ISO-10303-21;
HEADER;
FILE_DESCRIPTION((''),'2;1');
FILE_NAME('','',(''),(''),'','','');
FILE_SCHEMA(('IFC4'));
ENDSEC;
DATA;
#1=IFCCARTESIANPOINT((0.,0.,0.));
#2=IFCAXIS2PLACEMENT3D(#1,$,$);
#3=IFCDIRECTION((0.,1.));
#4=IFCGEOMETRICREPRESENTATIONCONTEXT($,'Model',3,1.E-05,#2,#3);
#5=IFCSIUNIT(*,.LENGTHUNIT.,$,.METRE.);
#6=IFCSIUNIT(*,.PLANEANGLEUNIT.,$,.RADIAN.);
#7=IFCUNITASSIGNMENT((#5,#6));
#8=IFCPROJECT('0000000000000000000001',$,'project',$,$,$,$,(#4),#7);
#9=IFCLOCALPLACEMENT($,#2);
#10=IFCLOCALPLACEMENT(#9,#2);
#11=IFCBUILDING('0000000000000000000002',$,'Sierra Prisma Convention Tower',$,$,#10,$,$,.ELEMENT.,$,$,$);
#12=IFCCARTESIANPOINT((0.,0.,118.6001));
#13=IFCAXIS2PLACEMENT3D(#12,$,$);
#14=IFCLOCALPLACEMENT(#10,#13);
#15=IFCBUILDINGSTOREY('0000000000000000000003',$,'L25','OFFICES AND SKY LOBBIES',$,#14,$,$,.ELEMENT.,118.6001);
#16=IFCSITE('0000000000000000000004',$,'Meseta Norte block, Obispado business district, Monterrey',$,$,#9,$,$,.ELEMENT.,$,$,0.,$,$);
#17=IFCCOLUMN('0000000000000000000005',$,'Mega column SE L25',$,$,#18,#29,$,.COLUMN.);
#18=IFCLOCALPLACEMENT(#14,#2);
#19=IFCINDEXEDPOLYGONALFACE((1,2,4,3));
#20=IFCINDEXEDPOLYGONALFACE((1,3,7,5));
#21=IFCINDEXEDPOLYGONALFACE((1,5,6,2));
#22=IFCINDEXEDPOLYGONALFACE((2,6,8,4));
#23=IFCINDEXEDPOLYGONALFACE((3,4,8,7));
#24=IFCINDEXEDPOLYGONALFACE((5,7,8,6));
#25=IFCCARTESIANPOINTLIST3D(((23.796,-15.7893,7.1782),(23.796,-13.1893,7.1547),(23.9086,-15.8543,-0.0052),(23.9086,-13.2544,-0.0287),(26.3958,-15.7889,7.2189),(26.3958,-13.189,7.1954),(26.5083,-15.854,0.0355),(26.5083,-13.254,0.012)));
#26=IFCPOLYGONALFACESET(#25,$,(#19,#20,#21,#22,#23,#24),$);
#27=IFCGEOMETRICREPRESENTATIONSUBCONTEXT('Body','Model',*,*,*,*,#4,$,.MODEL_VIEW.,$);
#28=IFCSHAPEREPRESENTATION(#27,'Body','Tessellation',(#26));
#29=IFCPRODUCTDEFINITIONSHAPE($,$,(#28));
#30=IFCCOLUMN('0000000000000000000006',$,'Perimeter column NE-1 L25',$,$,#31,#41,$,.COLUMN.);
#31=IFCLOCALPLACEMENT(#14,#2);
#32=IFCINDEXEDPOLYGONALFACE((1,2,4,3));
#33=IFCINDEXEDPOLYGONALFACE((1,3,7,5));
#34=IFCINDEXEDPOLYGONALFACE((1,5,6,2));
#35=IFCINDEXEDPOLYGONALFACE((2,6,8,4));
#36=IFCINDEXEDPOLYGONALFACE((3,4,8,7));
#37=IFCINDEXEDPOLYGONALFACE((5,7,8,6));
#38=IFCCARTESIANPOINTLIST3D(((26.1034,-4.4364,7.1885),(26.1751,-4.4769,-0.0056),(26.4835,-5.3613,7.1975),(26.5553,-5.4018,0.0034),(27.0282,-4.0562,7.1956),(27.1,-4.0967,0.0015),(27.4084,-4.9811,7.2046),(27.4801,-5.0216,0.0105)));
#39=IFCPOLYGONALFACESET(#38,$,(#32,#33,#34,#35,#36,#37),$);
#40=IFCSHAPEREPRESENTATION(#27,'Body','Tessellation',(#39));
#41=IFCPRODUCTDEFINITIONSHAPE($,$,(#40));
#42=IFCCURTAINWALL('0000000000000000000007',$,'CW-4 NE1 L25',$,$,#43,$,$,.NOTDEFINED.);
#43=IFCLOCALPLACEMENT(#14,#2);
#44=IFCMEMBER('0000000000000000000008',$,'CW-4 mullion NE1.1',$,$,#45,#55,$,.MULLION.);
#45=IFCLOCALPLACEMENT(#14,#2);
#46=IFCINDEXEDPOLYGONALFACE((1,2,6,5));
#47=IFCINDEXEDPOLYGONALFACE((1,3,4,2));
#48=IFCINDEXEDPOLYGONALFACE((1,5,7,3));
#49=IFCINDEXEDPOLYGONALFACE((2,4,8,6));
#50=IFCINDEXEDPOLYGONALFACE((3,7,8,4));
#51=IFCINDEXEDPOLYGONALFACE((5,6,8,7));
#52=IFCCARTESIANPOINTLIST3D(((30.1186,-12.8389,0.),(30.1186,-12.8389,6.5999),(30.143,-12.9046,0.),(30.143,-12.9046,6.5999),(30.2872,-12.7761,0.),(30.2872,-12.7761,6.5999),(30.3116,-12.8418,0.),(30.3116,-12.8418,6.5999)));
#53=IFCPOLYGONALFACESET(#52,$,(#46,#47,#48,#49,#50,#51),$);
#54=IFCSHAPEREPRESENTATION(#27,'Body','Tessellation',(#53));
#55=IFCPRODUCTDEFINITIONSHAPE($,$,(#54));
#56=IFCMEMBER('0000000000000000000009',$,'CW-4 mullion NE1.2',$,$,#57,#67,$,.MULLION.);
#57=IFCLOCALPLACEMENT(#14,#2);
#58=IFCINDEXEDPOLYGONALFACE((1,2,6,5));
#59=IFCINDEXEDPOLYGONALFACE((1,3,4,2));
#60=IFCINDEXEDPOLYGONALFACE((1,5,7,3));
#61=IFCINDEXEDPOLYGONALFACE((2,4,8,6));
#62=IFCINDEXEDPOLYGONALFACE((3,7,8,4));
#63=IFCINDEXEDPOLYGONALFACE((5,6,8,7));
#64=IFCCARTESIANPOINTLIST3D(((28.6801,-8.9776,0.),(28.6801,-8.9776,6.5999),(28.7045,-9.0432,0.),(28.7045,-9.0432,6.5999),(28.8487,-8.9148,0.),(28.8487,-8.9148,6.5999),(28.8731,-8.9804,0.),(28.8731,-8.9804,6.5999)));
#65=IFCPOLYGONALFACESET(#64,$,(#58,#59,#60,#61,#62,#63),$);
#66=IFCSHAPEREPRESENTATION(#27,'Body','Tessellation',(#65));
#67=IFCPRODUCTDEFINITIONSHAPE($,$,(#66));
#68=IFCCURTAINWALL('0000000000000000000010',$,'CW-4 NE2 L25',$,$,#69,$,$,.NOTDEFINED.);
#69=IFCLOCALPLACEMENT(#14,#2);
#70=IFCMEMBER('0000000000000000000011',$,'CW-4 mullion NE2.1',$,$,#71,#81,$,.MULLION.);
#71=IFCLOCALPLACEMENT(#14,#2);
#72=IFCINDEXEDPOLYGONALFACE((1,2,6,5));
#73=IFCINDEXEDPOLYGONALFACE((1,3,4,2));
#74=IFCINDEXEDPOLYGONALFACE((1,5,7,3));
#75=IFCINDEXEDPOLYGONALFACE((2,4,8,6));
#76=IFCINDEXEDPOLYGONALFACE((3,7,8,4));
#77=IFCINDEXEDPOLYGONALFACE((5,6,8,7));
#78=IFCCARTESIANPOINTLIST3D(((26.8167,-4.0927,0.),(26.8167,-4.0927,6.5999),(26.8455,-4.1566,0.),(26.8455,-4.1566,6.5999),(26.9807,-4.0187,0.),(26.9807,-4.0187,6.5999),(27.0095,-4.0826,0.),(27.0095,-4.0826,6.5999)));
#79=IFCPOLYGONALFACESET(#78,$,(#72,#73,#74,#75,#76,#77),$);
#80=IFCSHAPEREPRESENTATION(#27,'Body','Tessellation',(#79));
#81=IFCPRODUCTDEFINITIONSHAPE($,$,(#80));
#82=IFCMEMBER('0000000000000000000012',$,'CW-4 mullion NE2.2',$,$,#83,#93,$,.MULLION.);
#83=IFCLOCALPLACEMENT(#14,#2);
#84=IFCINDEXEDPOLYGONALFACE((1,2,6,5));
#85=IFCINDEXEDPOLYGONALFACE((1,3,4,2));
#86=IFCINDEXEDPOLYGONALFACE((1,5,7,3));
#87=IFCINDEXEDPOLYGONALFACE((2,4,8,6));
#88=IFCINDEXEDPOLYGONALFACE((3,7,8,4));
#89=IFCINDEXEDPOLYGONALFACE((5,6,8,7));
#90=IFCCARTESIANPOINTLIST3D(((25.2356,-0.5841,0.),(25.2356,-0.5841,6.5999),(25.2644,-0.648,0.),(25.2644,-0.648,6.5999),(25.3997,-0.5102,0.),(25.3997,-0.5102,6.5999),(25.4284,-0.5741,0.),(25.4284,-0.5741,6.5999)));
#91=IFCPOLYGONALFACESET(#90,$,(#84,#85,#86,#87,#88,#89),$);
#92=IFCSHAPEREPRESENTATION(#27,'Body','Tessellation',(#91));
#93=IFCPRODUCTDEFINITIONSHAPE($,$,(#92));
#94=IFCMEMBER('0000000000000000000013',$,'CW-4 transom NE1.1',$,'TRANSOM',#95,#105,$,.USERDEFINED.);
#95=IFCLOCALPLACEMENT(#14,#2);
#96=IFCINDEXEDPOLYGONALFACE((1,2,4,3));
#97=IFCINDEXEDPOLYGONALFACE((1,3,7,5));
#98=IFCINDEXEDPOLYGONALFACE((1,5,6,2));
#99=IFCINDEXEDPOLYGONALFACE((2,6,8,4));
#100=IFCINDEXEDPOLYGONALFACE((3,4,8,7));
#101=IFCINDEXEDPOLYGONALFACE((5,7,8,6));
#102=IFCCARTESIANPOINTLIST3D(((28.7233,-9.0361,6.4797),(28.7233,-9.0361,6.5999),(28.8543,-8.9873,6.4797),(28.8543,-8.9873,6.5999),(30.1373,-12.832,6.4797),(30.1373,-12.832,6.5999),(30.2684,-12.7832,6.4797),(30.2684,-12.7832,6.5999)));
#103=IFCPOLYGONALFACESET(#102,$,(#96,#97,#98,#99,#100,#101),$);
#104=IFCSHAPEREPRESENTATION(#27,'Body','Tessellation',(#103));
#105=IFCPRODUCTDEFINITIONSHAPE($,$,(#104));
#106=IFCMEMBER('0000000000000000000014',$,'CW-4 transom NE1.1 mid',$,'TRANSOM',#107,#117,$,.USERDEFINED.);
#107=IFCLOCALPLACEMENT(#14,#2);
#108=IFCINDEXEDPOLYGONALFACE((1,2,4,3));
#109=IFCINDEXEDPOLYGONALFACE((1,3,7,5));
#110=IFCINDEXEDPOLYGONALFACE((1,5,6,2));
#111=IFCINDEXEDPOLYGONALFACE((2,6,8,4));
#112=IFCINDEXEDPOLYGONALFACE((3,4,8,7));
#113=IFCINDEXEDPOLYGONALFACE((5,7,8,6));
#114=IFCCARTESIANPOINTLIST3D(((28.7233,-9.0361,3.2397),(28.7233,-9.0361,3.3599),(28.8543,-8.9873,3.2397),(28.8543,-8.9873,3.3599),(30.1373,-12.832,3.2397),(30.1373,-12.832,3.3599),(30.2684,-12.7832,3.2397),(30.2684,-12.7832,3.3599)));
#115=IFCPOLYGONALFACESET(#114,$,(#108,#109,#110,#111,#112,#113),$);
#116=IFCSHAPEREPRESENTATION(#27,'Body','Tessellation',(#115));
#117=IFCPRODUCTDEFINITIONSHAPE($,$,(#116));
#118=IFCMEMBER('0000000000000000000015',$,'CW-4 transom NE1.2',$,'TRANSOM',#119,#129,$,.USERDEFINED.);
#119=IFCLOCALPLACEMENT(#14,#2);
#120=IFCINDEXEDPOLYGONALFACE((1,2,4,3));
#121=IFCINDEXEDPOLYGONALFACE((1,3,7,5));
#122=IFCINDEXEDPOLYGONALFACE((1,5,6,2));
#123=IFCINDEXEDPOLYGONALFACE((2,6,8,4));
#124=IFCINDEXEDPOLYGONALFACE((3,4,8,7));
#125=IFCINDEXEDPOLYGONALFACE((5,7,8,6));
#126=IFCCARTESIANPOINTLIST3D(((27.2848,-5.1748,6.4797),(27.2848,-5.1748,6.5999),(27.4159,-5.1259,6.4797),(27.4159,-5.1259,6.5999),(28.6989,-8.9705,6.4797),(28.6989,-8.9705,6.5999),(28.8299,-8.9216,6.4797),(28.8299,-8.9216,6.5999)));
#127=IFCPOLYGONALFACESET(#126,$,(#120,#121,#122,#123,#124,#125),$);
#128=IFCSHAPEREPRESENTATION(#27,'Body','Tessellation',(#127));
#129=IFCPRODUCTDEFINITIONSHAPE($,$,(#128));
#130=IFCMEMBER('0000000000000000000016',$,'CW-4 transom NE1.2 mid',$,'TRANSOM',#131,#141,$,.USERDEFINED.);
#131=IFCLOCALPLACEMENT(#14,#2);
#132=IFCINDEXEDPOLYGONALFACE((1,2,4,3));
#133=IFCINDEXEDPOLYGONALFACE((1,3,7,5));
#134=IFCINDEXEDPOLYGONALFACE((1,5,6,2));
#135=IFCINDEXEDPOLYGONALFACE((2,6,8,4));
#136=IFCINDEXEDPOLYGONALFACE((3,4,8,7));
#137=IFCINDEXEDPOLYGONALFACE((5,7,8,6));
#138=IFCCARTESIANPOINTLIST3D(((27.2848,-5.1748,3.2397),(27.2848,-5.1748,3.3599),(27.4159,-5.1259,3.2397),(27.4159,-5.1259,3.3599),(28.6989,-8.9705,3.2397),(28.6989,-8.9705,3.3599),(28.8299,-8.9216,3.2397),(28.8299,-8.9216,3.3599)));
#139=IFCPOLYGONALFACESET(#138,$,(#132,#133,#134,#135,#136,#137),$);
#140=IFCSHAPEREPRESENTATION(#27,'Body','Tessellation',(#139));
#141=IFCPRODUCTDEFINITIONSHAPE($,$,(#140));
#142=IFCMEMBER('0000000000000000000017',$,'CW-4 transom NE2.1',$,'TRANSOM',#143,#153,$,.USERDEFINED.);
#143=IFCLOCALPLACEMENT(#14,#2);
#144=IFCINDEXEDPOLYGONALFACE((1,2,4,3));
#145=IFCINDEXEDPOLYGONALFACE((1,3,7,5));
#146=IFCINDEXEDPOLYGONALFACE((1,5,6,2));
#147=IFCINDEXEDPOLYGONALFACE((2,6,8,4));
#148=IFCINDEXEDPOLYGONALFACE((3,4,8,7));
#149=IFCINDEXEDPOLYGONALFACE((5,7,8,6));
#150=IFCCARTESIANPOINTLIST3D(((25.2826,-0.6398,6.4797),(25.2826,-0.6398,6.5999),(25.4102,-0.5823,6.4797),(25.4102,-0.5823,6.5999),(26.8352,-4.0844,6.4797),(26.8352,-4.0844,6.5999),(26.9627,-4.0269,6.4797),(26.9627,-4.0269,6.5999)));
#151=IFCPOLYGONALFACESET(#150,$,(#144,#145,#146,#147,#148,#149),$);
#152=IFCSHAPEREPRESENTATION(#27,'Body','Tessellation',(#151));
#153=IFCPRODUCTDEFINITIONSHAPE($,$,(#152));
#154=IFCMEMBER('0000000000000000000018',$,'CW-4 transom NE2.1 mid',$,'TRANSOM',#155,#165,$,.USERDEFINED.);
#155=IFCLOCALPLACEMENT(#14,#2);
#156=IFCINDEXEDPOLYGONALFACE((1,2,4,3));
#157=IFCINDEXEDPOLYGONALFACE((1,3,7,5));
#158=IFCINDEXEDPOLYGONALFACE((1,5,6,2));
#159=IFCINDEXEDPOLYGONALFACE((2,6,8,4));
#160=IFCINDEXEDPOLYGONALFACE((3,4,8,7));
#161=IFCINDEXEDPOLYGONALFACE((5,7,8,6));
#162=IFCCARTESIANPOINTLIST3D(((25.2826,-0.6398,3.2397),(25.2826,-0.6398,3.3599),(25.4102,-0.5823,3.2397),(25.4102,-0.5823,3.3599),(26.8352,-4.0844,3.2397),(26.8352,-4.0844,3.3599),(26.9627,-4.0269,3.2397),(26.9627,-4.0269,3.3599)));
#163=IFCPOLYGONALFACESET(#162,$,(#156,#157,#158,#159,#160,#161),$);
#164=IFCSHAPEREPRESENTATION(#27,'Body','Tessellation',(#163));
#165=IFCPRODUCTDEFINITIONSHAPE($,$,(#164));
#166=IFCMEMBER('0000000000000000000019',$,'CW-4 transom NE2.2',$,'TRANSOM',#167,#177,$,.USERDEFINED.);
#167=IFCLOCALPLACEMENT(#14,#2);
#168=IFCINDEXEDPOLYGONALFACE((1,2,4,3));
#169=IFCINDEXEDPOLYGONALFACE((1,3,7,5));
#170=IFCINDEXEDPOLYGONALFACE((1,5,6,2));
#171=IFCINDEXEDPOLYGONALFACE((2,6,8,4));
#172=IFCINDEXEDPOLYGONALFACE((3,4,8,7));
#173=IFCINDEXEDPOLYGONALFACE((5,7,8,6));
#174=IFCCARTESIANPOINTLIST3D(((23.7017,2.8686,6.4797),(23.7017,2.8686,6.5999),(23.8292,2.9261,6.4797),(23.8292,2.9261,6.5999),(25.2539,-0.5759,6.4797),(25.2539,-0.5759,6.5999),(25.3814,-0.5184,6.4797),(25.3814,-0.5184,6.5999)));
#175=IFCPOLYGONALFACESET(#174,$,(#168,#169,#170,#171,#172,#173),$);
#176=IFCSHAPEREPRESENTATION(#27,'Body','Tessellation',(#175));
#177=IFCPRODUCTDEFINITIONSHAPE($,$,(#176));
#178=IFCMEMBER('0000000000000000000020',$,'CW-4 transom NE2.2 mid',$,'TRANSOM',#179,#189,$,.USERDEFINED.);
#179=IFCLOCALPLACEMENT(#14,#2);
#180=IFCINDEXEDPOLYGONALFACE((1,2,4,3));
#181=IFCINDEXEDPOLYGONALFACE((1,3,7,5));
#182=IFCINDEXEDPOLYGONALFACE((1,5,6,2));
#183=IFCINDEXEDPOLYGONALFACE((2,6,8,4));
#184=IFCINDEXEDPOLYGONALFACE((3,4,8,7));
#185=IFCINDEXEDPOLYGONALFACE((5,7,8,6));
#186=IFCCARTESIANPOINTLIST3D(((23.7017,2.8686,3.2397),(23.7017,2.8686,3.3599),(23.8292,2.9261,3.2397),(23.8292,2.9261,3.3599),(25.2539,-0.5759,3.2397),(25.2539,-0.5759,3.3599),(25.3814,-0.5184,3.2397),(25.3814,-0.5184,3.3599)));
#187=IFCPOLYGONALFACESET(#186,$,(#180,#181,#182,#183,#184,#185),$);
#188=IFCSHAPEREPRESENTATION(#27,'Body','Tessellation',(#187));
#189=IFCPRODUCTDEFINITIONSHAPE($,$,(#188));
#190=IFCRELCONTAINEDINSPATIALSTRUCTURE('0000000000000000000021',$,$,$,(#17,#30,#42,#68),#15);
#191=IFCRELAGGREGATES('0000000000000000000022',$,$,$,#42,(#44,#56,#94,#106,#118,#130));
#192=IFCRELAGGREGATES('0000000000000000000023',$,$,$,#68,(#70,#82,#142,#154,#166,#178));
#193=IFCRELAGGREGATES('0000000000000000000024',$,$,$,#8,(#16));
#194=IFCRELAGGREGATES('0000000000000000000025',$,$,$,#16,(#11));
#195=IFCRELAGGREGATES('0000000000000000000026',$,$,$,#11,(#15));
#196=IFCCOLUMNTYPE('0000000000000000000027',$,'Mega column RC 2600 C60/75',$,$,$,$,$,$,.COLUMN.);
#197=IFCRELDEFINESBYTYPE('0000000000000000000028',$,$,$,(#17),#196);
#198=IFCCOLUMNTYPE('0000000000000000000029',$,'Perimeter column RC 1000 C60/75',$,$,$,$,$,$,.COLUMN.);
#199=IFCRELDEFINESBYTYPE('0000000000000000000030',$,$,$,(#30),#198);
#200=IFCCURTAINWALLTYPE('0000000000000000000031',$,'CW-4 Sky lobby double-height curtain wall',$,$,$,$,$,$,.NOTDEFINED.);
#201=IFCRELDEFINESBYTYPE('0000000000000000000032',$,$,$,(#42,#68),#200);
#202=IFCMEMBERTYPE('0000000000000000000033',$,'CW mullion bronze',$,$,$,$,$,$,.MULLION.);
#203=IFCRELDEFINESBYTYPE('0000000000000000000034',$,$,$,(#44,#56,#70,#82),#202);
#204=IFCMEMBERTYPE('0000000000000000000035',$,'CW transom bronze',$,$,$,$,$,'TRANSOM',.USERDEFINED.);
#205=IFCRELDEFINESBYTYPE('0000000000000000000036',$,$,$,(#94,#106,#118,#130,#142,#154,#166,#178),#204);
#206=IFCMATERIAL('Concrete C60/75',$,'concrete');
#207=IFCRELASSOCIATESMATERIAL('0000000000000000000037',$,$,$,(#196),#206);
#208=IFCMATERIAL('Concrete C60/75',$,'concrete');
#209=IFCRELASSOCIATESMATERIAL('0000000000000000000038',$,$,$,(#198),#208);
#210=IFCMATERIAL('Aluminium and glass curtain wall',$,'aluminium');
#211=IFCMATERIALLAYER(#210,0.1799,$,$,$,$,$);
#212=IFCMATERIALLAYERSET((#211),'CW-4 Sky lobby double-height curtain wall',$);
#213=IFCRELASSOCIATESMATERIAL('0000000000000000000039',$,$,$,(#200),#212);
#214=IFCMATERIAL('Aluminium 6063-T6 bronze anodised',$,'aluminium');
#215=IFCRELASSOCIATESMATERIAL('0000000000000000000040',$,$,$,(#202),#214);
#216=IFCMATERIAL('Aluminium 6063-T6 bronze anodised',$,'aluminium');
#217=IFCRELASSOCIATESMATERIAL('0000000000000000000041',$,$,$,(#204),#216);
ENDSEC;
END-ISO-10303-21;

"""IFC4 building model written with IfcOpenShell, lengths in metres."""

from ifc_helpers import new_model, si_unit, direction, frame, origin, origin_2d, place, context, subcontext, project, spatial, rectangle, extrude, clip, halfspace, material, layer, layer_set, material_profile, profile_set, type_object, element, aggregate, save


model = new_model("IFC4")

# Units and contexts
model_context = context("Model", 3, precision=1e-05, world=origin(), true_north=direction((0.0, 1.0)))
body_context = subcontext(model_context, "Body", "Model", "MODEL_VIEW")
ifc_project = project(units=[si_unit("LENGTHUNIT", "METRE"), si_unit("PLANEANGLEUNIT", "RADIAN")], contexts=[model_context])

# Site, building, storey
site_placement = place(None, origin())
site = spatial("IfcSite", under=ifc_project, at=site_placement, Name="Meseta Norte block, Obispado business district, Monterrey", CompositionType="ELEMENT", RefElevation=0.0)
building_placement = place(site_placement, origin())
building = spatial("IfcBuilding", under=site, at=building_placement, Name="Sierra Prisma Convention Tower", CompositionType="ELEMENT")
storey_placement = place(building_placement, frame((0.0, 0.0, 118.6001)))
storey = spatial("IfcBuildingStorey", under=building, at=storey_placement, Name="L25", Description="OFFICES AND SKY LOBBIES", CompositionType="ELEMENT", Elevation=118.6001)

# Columns
ifc_material_1 = material(Name="Concrete C60/75", Category="concrete")
ifc_material_profile_1 = material_profile(ifc_material_1, rectangle(XDim=2.6001, YDim=2.6001, at=origin_2d()), Name="Mega column RC 2600 C60/75")
ifc_profile_set_1 = profile_set([ifc_material_profile_1], Name="Concrete C60/75")
column_type_1 = type_object("IfcColumnType", Name="Mega column RC 2600 C60/75", PredefinedType="COLUMN", material=ifc_profile_set_1)
column_1_placement = place(storey_placement, frame((25.2085, -14.5542, 0.0), z_axis=(-0.015663, 0.009052, 0.999836), x_axis=(0.999877, 0.000142, 0.015663)))
element("IfcColumn", 1, at=column_1_placement, inside=storey, type_object=column_type_1, Name="Mega column SE L25", PredefinedType="COLUMN", context=body_context, shape_type="SweptSolid", body=[
    clip(clip(extrude(rectangle(XDim=2.6001, YDim=2.6001, at=origin_2d()), origin(), (0.0, 0.0, 1.0), 7.2012), halfspace(frame((0.0, 0.0, 0.0034)), True)), halfspace(frame((0.0, 0.0, 7.188)), False)),
])
ifc_material_2 = material(Name="Concrete C60/75", Category="concrete")
ifc_material_profile_2 = material_profile(ifc_material_2, rectangle(XDim=1.0, YDim=1.0, at=origin_2d()), Name="Perimeter column RC 1000 C60/75")
ifc_profile_set_2 = profile_set([ifc_material_profile_2], Name="Concrete C60/75")
column_type_2 = type_object("IfcColumnType", Name="Perimeter column RC 1000 C60/75", PredefinedType="COLUMN", material=ifc_profile_set_2)
column_2_placement = place(storey_placement, frame((26.8276, -4.7493, 0.0), z_axis=(-0.009968, 0.005628, 0.999934), x_axis=(-0.380162, 0.924876, -0.008996)))
element("IfcColumn", 2, at=column_2_placement, inside=storey, type_object=column_type_2, Name="Perimeter column NE-1 L25", PredefinedType="COLUMN", context=body_context, shape_type="SweptSolid", body=[
    clip(clip(extrude(rectangle(XDim=1.0, YDim=1.0, at=origin_2d()), origin(), (0.0, 0.0, 1.0), 7.2004), halfspace(frame((0.0, 0.0, 0.0024)), True)), halfspace(frame((0.0, 0.0, 7.197)), False)),
])

# Curtain walls, members
ifc_material_3 = material(Name="Aluminium and glass curtain wall", Category="aluminium")
ifc_layer_1 = layer(ifc_material_3, 0.1799)
ifc_layer_set_1 = layer_set([ifc_layer_1], Name="CW-4 Sky lobby double-height curtain wall")
curtain_wall_type = type_object("IfcCurtainWallType", Name="CW-4 Sky lobby double-height curtain wall", PredefinedType="NOTDEFINED", material=ifc_layer_set_1)
curtain_wall_1_placement = place(storey_placement, origin())
curtain_wall_1 = element("IfcCurtainWall", 3, at=curtain_wall_1_placement, inside=storey, type_object=curtain_wall_type, Name="CW-4 NE1 L25", PredefinedType="NOTDEFINED")
ifc_material_4 = material(Name="Aluminium 6063-T6 bronze anodised", Category="aluminium")
ifc_material_profile_3 = material_profile(ifc_material_4, rectangle(XDim=0.1799, YDim=0.0701, at=origin_2d()), Name="ALU MULLION 70x180")
ifc_profile_set_3 = profile_set([ifc_material_profile_3], Name="Aluminium 6063-T6 bronze anodised")
member_type_1 = type_object("IfcMemberType", Name="CW mullion bronze", PredefinedType="MULLION", material=ifc_profile_set_3)
member_1_placement = place(storey_placement, frame((30.2151, -12.8403, 0.0), z_axis=(0.0, 0.0, 1.0), x_axis=(-0.937092, -0.349082, 0.0)))
member_1 = element("IfcMember", 4, at=member_1_placement, type_object=member_type_1, Name="CW-4 mullion NE1.1", PredefinedType="MULLION", context=body_context, shape_type="SweptSolid", body=[
    extrude(rectangle(XDim=0.1799, YDim=0.0701, at=origin_2d()), origin(), (0.0, 0.0, 1.0), 6.5999),
])
member_2_placement = place(storey_placement, frame((28.7766, -8.979, 0.0), z_axis=(0.0, 0.0, 1.0), x_axis=(-0.937092, -0.349082, 0.0)))
member_2 = element("IfcMember", 5, at=member_2_placement, type_object=member_type_1, Name="CW-4 mullion NE1.2", PredefinedType="MULLION", context=body_context, shape_type="SweptSolid", body=[
    extrude(rectangle(XDim=0.1799, YDim=0.0701, at=origin_2d()), origin(), (0.0, 0.0, 1.0), 6.5999),
])
curtain_wall_2_placement = place(storey_placement, origin())
curtain_wall_2 = element("IfcCurtainWall", 6, at=curtain_wall_2_placement, inside=storey, type_object=curtain_wall_type, Name="CW-4 NE2 L25", PredefinedType="NOTDEFINED")
member_3_placement = place(storey_placement, frame((26.9131, -4.0876, 0.0), z_axis=(0.0, 0.0, 1.0), x_axis=(-0.9117, -0.410857, 0.0)))
member_3 = element("IfcMember", 7, at=member_3_placement, type_object=member_type_1, Name="CW-4 mullion NE2.1", PredefinedType="MULLION", context=body_context, shape_type="SweptSolid", body=[
    extrude(rectangle(XDim=0.1799, YDim=0.0701, at=origin_2d()), origin(), (0.0, 0.0, 1.0), 6.5999),
])
member_4_placement = place(storey_placement, frame((25.332, -0.5791, 0.0), z_axis=(0.0, 0.0, 1.0), x_axis=(-0.9117, -0.410857, 0.0)))
member_4 = element("IfcMember", 8, at=member_4_placement, type_object=member_type_1, Name="CW-4 mullion NE2.2", PredefinedType="MULLION", context=body_context, shape_type="SweptSolid", body=[
    extrude(rectangle(XDim=0.1799, YDim=0.0701, at=origin_2d()), origin(), (0.0, 0.0, 1.0), 6.5999),
])

# Members
ifc_material_5 = material(Name="Aluminium 6063-T6 bronze anodised", Category="aluminium")
ifc_material_profile_4 = material_profile(ifc_material_5, rectangle(XDim=0.1399, YDim=0.1201, at=origin_2d()), Name="ALU TRANSOM 120x140")
ifc_profile_set_4 = profile_set([ifc_material_profile_4], Name="Aluminium 6063-T6 bronze anodised")
member_type_2 = type_object("IfcMemberType", Name="CW transom bronze", ElementType="TRANSOM", PredefinedType="USERDEFINED", material=ifc_profile_set_4)
member_5_placement = place(storey_placement, frame((30.2029, -12.8076, 6.5398), z_axis=(-0.349088, 0.93709, 0.0), x_axis=(-0.93709, -0.349088, 0.0)))
member_5 = element("IfcMember", 9, at=member_5_placement, type_object=member_type_2, Name="CW-4 transom NE1.1", ObjectType="TRANSOM", PredefinedType="USERDEFINED", context=body_context, shape_type="SweptSolid", body=[
    extrude(rectangle(XDim=0.1399, YDim=0.1201, at=origin_2d()), origin(), (0.0, 0.0, 1.0), 4.0508),
])
member_6_placement = place(storey_placement, frame((30.2029, -12.8076, 3.2998), z_axis=(-0.349088, 0.93709, 0.0), x_axis=(-0.93709, -0.349088, 0.0)))
member_6 = element("IfcMember", 10, at=member_6_placement, type_object=member_type_2, Name="CW-4 transom NE1.1 mid", ObjectType="TRANSOM", PredefinedType="USERDEFINED", context=body_context, shape_type="SweptSolid", body=[
    extrude(rectangle(XDim=0.1399, YDim=0.1201, at=origin_2d()), origin(), (0.0, 0.0, 1.0), 4.0508),
])
member_7_placement = place(storey_placement, frame((28.7644, -8.946, 6.5398), z_axis=(-0.349108, 0.937083, 0.0), x_axis=(-0.937083, -0.349108, 0.0)))
member_7 = element("IfcMember", 11, at=member_7_placement, type_object=member_type_2, Name="CW-4 transom NE1.2", ObjectType="TRANSOM", PredefinedType="USERDEFINED", context=body_context, shape_type="SweptSolid", body=[
    extrude(rectangle(XDim=0.1399, YDim=0.1201, at=origin_2d()), origin(), (0.0, 0.0, 1.0), 4.0505),
])
member_8_placement = place(storey_placement, frame((28.7644, -8.946, 3.2998), z_axis=(-0.349108, 0.937083, 0.0), x_axis=(-0.937083, -0.349108, 0.0)))
member_8 = element("IfcMember", 12, at=member_8_placement, type_object=member_type_2, Name="CW-4 transom NE1.2 mid", ObjectType="TRANSOM", PredefinedType="USERDEFINED", context=body_context, shape_type="SweptSolid", body=[
    extrude(rectangle(XDim=0.1399, YDim=0.1201, at=origin_2d()), origin(), (0.0, 0.0, 1.0), 4.0505),
])
member_9_placement = place(storey_placement, frame((26.8989, -4.0557, 6.5398), z_axis=(-0.410899, 0.911681, 0.0), x_axis=(-0.911681, -0.410899, 0.0)))
member_9 = element("IfcMember", 13, at=member_9_placement, type_object=member_type_2, Name="CW-4 transom NE2.1", ObjectType="TRANSOM", PredefinedType="USERDEFINED", context=body_context, shape_type="SweptSolid", body=[
    extrude(rectangle(XDim=0.1399, YDim=0.1201, at=origin_2d()), origin(), (0.0, 0.0, 1.0), 3.7783),
])
member_10_placement = place(storey_placement, frame((26.8989, -4.0557, 3.2998), z_axis=(-0.410899, 0.911681, 0.0), x_axis=(-0.911681, -0.410899, 0.0)))
member_10 = element("IfcMember", 14, at=member_10_placement, type_object=member_type_2, Name="CW-4 transom NE2.1 mid", ObjectType="TRANSOM", PredefinedType="USERDEFINED", context=body_context, shape_type="SweptSolid", body=[
    extrude(rectangle(XDim=0.1399, YDim=0.1201, at=origin_2d()), origin(), (0.0, 0.0, 1.0), 3.7783),
])
member_11_placement = place(storey_placement, frame((25.3176, -0.5471, 6.5398), z_axis=(-0.410846, 0.911705, 0.0), x_axis=(-0.911705, -0.410846, 0.0)))
member_11 = element("IfcMember", 15, at=member_11_placement, type_object=member_type_2, Name="CW-4 transom NE2.2", ObjectType="TRANSOM", PredefinedType="USERDEFINED", context=body_context, shape_type="SweptSolid", body=[
    extrude(rectangle(XDim=0.1399, YDim=0.1201, at=origin_2d()), origin(), (0.0, 0.0, 1.0), 3.7781),
])
member_12_placement = place(storey_placement, frame((25.3176, -0.5471, 3.2998), z_axis=(-0.410846, 0.911705, 0.0), x_axis=(-0.911705, -0.410846, 0.0)))
member_12 = element("IfcMember", 16, at=member_12_placement, type_object=member_type_2, Name="CW-4 transom NE2.2 mid", ObjectType="TRANSOM", PredefinedType="USERDEFINED", context=body_context, shape_type="SweptSolid", body=[
    extrude(rectangle(XDim=0.1399, YDim=0.1201, at=origin_2d()), origin(), (0.0, 0.0, 1.0), 3.7781),
])

aggregate(curtain_wall_1, [member_1, member_2, member_5, member_6, member_7, member_8])
aggregate(curtain_wall_2, [member_3, member_4, member_9, member_10, member_11, member_12])

save(model, "model.ifc")
